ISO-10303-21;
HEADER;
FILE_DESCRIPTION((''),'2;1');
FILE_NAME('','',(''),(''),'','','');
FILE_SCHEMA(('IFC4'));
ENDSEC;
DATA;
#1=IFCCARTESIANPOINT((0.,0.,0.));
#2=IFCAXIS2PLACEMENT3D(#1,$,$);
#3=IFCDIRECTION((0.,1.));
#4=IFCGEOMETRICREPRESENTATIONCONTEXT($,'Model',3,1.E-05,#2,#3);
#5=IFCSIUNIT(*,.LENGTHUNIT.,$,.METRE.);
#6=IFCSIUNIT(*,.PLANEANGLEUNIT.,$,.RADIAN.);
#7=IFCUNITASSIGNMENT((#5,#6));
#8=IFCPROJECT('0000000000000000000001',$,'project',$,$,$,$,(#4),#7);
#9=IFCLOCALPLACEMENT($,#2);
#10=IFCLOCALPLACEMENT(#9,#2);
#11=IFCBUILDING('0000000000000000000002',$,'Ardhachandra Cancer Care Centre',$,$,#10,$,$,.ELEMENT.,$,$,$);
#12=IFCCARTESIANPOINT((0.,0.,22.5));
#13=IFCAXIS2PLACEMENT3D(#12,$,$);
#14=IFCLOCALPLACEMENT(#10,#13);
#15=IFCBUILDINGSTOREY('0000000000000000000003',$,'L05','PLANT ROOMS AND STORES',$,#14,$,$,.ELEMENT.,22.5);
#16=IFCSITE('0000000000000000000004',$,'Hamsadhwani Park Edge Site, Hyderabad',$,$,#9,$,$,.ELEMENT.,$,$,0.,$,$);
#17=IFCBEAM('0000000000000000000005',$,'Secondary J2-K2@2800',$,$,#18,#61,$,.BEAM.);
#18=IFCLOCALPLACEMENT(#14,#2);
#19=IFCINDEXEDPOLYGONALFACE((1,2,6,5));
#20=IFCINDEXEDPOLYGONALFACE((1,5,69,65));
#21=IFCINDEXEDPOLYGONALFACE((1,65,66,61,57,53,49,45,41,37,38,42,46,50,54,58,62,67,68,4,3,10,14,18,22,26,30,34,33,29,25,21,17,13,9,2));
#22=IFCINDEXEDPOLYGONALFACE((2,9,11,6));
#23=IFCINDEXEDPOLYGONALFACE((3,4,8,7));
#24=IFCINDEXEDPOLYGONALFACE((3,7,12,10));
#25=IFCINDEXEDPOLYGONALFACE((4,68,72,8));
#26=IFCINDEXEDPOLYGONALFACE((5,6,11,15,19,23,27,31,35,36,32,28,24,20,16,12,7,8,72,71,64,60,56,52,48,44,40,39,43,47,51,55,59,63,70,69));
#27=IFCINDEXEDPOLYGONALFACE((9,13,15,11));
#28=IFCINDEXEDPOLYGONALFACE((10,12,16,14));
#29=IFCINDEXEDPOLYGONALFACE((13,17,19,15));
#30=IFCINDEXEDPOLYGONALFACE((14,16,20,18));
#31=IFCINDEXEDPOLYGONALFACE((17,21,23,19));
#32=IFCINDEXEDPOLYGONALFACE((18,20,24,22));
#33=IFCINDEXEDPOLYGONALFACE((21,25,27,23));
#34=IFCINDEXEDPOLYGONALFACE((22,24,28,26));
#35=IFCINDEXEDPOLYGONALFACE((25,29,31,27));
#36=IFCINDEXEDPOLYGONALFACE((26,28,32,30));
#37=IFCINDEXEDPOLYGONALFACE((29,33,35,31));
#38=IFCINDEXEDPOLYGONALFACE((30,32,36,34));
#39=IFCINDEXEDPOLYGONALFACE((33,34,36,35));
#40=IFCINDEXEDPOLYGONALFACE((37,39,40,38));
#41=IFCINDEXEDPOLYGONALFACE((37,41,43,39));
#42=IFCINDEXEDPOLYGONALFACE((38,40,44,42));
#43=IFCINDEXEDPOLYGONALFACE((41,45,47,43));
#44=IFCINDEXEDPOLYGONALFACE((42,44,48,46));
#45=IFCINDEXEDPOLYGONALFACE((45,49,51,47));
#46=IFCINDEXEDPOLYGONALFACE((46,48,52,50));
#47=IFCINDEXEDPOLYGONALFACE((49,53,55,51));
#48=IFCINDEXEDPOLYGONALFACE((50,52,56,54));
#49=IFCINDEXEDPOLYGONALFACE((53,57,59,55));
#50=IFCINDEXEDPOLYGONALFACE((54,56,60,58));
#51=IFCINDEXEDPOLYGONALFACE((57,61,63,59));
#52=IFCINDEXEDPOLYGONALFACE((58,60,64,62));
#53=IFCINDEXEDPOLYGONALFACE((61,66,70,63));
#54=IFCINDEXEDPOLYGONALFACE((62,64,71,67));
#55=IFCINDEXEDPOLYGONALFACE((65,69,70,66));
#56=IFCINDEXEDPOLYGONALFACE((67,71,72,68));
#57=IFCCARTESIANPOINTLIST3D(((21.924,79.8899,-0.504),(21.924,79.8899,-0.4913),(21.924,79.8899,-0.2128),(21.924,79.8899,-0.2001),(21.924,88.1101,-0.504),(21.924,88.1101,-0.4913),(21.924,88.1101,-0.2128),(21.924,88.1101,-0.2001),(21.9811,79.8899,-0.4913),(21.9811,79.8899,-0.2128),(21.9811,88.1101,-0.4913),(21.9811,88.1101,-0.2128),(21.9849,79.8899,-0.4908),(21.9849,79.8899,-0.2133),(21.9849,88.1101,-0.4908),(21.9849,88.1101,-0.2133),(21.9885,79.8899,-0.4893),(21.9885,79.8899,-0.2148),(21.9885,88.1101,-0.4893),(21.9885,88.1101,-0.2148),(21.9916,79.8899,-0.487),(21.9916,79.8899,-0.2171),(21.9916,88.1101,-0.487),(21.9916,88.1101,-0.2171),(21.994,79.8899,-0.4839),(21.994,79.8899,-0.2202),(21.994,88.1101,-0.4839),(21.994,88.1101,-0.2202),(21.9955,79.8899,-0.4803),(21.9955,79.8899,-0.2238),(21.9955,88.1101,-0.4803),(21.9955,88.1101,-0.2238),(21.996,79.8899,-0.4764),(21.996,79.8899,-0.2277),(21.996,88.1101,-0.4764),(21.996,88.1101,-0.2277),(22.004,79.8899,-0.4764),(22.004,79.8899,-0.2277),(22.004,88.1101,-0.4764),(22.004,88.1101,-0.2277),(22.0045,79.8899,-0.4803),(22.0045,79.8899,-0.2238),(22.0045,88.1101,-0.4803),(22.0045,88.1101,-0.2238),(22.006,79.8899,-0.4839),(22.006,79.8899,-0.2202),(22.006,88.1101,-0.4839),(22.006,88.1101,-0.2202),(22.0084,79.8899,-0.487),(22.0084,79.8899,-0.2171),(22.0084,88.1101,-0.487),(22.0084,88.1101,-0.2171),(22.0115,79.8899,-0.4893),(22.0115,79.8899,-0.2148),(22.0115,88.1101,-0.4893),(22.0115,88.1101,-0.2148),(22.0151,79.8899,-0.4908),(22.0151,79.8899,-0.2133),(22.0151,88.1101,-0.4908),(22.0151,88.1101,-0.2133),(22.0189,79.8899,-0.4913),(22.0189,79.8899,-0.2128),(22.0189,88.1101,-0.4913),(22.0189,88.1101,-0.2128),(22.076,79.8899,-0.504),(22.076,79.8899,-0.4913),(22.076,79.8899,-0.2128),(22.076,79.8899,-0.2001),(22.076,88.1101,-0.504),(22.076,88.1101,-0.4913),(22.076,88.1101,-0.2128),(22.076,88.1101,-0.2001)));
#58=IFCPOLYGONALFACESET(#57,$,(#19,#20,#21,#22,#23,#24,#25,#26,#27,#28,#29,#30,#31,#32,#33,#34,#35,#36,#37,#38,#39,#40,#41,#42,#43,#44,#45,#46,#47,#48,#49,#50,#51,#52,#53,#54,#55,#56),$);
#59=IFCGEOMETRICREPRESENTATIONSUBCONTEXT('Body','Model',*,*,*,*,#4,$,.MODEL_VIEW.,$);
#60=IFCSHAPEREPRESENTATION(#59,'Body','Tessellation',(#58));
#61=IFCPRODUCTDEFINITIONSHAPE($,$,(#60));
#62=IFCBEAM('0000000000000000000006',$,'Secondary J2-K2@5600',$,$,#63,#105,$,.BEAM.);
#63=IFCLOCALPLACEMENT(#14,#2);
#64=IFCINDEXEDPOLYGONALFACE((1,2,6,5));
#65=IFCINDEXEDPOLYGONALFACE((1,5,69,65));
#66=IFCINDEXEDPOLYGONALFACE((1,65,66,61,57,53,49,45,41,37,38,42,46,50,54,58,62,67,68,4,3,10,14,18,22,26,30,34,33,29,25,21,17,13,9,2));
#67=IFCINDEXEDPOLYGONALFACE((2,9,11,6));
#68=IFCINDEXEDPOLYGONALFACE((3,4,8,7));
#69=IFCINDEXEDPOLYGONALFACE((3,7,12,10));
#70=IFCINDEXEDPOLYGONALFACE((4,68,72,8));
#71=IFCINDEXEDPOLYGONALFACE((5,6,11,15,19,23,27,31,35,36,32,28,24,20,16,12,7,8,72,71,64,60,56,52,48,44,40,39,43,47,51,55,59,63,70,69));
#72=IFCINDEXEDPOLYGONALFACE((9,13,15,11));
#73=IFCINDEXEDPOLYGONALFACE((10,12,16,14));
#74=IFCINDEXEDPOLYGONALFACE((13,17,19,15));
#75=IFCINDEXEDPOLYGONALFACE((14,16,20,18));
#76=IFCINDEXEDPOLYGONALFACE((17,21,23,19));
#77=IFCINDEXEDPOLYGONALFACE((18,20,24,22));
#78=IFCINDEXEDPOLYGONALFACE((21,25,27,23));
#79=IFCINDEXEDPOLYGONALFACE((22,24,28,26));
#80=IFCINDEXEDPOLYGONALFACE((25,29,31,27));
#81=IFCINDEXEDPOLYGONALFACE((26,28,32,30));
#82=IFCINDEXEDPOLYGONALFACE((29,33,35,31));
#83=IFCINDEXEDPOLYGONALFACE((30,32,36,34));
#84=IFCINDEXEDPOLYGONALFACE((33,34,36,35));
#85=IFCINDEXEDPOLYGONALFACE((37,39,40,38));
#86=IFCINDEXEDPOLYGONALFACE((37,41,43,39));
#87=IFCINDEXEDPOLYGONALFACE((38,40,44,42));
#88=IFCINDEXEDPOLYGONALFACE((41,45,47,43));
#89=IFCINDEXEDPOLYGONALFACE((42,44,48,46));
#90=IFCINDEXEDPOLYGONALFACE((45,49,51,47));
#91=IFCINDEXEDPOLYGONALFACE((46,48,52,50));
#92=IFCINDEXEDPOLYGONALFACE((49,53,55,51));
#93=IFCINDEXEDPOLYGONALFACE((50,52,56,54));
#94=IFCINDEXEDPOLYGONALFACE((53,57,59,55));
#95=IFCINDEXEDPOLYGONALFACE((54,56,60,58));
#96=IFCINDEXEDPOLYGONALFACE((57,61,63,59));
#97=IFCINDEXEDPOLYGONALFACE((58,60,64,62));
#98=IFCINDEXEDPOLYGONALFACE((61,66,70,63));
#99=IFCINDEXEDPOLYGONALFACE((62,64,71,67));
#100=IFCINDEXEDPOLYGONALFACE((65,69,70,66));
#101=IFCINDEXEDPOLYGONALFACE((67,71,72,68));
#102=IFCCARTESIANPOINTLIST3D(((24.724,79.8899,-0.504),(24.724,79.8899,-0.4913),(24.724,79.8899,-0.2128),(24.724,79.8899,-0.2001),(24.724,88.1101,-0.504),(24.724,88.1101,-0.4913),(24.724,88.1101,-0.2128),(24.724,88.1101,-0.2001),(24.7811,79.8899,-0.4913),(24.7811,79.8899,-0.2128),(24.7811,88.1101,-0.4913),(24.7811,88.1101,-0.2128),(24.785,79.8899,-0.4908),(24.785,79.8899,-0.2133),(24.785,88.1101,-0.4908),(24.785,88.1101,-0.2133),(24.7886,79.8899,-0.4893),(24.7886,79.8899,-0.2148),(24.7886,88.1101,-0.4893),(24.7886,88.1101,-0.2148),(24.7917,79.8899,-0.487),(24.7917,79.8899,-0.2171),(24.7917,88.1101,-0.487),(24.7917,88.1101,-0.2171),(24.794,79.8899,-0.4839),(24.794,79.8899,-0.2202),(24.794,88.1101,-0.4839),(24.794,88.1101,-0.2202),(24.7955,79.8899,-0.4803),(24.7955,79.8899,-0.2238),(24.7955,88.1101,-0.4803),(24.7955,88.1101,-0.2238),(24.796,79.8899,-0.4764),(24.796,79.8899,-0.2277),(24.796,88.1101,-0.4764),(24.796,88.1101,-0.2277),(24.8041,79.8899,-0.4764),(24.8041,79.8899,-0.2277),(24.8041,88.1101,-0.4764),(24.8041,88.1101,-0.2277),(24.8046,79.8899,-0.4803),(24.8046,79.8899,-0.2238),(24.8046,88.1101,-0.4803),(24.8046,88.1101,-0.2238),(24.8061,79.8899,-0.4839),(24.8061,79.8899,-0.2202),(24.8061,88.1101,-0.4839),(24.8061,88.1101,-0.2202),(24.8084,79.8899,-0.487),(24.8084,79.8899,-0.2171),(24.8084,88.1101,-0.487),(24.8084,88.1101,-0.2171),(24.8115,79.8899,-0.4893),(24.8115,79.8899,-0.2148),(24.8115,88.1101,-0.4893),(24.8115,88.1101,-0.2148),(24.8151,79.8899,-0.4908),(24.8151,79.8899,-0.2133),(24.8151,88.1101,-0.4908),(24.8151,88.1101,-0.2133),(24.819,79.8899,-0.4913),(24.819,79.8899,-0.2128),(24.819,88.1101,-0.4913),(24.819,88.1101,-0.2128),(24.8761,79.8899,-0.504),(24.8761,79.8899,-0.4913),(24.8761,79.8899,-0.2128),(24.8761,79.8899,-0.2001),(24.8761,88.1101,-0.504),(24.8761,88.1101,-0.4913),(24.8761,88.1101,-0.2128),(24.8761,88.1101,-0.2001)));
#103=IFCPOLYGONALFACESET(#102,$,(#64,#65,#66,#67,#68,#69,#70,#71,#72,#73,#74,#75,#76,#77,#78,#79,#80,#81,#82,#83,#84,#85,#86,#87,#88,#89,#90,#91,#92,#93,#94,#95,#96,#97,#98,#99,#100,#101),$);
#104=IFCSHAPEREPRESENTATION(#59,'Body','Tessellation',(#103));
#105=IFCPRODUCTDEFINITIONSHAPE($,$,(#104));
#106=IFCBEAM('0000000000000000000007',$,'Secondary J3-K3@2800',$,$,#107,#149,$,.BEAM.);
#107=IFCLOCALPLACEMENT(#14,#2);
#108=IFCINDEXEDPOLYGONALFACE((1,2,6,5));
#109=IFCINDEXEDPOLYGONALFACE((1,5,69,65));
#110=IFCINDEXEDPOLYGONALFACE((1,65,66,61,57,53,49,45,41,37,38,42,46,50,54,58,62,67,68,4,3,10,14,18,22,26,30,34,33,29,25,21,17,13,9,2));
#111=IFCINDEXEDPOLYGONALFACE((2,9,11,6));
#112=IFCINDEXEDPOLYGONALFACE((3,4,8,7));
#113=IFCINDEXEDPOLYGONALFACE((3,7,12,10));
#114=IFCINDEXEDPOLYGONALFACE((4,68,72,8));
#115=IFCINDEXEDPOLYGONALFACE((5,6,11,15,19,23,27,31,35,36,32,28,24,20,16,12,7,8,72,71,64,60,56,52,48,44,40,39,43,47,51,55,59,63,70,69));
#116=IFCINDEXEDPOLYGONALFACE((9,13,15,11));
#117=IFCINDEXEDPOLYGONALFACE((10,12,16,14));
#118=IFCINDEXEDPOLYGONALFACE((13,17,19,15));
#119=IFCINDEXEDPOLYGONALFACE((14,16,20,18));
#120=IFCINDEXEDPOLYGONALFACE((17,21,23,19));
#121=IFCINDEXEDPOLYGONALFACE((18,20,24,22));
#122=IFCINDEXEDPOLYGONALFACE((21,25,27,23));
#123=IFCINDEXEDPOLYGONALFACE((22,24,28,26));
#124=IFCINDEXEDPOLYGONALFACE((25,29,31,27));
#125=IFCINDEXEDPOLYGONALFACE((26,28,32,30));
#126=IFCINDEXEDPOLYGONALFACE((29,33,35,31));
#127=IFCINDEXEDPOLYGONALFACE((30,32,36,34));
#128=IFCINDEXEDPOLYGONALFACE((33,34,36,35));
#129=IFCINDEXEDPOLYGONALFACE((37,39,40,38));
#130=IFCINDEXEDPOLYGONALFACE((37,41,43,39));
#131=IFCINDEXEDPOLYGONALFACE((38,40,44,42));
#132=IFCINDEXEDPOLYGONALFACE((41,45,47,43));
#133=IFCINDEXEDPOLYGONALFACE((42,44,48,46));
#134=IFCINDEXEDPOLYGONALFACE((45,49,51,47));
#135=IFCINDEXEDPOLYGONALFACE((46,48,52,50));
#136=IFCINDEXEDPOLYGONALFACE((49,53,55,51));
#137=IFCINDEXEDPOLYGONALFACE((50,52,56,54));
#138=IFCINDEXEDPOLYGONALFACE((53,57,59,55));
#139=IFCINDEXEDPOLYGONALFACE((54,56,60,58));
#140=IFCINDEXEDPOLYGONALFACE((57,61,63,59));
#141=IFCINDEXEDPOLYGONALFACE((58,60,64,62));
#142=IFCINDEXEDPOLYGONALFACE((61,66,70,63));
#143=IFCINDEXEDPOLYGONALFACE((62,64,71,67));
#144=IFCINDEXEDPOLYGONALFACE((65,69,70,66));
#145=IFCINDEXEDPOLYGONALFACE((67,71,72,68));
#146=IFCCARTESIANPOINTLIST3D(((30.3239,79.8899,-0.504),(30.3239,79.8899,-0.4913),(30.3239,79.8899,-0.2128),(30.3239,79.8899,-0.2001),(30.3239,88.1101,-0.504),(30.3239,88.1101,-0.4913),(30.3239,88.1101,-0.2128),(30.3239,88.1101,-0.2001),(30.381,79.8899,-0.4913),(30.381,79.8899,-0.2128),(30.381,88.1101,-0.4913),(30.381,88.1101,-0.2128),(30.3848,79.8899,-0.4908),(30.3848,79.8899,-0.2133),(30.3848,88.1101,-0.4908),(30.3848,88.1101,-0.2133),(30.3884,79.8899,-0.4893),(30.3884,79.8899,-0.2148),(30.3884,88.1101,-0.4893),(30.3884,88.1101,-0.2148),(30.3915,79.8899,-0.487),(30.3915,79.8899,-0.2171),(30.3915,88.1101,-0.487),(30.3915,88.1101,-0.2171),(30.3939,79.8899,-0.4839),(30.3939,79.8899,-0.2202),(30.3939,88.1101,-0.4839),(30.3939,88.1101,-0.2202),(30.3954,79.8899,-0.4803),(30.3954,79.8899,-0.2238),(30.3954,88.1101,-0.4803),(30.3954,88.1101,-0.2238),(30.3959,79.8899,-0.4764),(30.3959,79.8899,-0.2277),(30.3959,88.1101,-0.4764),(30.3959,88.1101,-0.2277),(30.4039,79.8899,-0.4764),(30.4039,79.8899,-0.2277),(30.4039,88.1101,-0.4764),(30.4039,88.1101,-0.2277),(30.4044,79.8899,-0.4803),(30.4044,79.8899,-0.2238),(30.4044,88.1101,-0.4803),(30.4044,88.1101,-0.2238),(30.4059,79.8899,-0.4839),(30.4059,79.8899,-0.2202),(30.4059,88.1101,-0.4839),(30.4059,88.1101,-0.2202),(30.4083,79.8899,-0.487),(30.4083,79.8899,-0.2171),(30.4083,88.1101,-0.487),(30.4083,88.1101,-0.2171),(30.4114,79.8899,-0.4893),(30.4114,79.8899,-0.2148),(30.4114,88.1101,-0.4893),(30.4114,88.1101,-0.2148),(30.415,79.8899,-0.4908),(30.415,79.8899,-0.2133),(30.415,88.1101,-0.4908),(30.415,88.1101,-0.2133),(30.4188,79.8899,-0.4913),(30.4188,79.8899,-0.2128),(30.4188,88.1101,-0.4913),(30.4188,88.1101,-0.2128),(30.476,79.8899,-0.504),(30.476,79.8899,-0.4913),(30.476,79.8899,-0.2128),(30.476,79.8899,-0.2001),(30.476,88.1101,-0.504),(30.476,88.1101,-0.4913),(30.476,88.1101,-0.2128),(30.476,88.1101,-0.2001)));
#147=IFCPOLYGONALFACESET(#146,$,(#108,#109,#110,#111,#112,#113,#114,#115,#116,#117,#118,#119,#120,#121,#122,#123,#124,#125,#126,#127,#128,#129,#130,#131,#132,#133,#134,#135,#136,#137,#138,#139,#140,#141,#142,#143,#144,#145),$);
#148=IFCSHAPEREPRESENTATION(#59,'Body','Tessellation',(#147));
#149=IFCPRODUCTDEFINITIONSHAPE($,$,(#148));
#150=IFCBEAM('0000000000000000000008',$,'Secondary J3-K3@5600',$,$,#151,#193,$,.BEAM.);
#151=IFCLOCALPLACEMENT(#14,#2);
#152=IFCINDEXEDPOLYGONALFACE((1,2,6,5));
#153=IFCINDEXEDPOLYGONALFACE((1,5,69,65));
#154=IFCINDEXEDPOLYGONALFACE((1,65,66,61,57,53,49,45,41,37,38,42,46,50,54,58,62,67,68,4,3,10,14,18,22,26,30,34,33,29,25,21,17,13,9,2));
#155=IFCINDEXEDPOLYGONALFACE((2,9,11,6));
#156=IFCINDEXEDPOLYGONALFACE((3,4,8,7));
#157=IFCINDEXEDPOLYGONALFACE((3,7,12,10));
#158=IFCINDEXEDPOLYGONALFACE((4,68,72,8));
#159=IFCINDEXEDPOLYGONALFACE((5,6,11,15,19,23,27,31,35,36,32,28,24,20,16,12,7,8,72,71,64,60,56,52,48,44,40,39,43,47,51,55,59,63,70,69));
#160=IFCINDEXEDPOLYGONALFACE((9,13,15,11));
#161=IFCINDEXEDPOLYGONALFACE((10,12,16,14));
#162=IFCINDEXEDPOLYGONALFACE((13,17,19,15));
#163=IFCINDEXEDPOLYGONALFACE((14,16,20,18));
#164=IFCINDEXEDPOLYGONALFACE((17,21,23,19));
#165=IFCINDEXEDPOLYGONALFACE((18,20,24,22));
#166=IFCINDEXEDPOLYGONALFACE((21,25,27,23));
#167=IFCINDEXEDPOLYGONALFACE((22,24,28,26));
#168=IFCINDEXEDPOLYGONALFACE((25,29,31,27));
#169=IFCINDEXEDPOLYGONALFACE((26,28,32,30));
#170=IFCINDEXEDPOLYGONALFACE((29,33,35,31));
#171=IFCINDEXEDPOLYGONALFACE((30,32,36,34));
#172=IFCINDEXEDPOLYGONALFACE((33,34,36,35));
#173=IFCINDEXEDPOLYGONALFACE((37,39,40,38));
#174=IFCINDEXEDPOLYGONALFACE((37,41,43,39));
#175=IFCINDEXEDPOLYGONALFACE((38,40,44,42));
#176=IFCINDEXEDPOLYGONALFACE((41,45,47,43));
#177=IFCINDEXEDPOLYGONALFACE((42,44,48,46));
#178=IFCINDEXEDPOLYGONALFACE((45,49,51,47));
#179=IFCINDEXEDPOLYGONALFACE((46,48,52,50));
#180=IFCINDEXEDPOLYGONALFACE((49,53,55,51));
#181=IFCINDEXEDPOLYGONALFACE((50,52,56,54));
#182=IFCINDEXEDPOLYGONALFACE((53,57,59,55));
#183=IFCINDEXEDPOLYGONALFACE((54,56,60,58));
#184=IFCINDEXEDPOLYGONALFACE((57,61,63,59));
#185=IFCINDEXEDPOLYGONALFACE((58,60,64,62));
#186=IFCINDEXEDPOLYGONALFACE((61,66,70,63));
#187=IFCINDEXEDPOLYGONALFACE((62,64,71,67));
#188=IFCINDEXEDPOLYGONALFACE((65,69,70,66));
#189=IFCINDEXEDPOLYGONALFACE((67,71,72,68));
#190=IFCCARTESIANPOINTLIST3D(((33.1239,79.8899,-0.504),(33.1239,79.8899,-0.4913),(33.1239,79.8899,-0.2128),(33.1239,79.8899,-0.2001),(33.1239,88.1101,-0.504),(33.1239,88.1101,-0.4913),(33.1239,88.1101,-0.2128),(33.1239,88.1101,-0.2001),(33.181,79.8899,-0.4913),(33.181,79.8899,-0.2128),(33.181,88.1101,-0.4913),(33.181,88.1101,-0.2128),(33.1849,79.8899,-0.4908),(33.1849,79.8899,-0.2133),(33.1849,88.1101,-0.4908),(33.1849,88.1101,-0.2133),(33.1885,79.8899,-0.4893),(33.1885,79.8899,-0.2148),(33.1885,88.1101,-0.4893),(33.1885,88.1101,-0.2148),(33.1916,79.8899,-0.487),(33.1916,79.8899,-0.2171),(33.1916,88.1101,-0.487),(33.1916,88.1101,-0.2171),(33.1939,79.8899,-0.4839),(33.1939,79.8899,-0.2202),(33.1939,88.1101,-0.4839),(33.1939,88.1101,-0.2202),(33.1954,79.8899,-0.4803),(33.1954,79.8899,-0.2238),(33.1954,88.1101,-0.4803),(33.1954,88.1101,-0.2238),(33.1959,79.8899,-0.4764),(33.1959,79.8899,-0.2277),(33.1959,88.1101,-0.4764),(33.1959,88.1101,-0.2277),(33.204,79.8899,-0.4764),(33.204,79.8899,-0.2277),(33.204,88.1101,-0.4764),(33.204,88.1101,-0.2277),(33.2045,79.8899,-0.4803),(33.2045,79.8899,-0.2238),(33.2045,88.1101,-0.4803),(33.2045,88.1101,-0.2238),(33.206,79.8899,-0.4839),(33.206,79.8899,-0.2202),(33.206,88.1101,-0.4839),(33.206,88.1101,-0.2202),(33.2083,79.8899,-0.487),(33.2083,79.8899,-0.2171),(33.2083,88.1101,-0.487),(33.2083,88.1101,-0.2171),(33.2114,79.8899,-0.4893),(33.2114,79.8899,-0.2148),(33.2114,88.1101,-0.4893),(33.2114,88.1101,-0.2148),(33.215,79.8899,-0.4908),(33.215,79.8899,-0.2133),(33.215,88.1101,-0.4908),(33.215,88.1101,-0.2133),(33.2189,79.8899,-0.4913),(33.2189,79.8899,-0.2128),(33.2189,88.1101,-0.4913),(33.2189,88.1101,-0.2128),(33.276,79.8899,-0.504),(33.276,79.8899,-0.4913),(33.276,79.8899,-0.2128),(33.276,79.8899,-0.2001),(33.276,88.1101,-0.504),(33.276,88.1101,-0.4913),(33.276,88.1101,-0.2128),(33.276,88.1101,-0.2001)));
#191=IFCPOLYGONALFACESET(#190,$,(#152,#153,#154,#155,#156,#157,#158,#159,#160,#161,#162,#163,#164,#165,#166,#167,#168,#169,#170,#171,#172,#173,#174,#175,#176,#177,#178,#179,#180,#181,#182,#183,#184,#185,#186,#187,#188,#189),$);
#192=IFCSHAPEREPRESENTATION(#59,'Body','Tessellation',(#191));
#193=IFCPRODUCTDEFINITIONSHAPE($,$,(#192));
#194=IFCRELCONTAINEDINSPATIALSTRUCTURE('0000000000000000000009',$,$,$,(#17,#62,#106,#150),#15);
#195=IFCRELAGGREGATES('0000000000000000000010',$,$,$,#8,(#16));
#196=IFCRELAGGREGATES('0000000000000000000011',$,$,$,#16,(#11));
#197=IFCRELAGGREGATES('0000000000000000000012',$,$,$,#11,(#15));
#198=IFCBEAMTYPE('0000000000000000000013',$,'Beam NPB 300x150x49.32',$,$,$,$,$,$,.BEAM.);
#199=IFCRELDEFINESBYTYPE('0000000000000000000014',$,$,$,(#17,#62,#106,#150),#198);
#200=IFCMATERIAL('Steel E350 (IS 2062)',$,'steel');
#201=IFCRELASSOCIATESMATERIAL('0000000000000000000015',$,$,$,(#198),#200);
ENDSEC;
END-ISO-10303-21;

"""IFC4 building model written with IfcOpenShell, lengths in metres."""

from ifc_helpers import new_model, si_unit, direction, frame, origin, origin_2d, place, context, subcontext, project, spatial, i_section, extrude, material, material_profile, profile_set, type_object, element, save


model = new_model("IFC4")

# Units and contexts
model_context = context("Model", 3, precision=1e-05, world=origin(), true_north=direction((0.0, 1.0)))
body_context = subcontext(model_context, "Body", "Model", "MODEL_VIEW")
ifc_project = project(units=[si_unit("LENGTHUNIT", "METRE"), si_unit("PLANEANGLEUNIT", "RADIAN")], contexts=[model_context])

# Site, building, storey
site_placement = place(None, origin())
site = spatial("IfcSite", under=ifc_project, at=site_placement, Name="Hamsadhwani Park Edge Site, Hyderabad", CompositionType="ELEMENT", RefElevation=0.0)
building_placement = place(site_placement, origin())
building = spatial("IfcBuilding", under=site, at=building_placement, Name="Ardhachandra Cancer Care Centre", CompositionType="ELEMENT")
storey_placement = place(building_placement, frame((0.0, 0.0, 22.5)))
storey = spatial("IfcBuildingStorey", under=building, at=storey_placement, Name="L05", Description="PLANT ROOMS AND STORES", CompositionType="ELEMENT", Elevation=22.5)

# Beams
ifc_material_1 = material(Name="Steel E350 (IS 2062)", Category="steel")
ifc_material_profile_1 = material_profile(ifc_material_1, i_section(OverallWidth=0.1521, OverallDepth=0.304, WebThickness=0.0081, FlangeThickness=0.0127, FilletRadius=0.0149, at=origin_2d()), Name="NPB 300x150x49.32")
ifc_profile_set_1 = profile_set([ifc_material_profile_1], Name="Steel E350 (IS 2062)")
beam_type_1 = type_object("IfcBeamType", Name="Beam NPB 300x150x49.32", PredefinedType="BEAM", material=ifc_profile_set_1)
for number, where, z_axis, x_axis, name in (
    (1, (22.0, 79.8899, -0.3521), (0.0, 1.0, 0.0), (-1.0, 0.0, 0.0), "Secondary J2-K2@2800"),
    (2, (24.8, 79.8899, -0.3521), (0.0, 1.0, 0.0), (-1.0, 0.0, 0.0), "Secondary J2-K2@5600"),
    (3, (30.3999, 79.8899, -0.3521), (0.0, 1.0, 0.0), (-1.0, 0.0, 0.0), "Secondary J3-K3@2800"),
    (4, (33.2, 79.8899, -0.3521), (0.0, 1.0, 0.0), (-1.0, 0.0, 0.0), "Secondary J3-K3@5600"),
):
    element("IfcBeam", number, at=place(storey_placement, frame(where, z_axis=z_axis, x_axis=x_axis)), inside=storey, type_object=beam_type_1, Name=name, PredefinedType="BEAM", context=body_context, shape_type="SweptSolid", body=[
        extrude(i_section(OverallWidth=0.1521, OverallDepth=0.304, WebThickness=0.0081, FlangeThickness=0.0127, FilletRadius=0.0149, at=origin_2d()), origin(), (0.0, 0.0, 1.0), 8.2202),
    ])

save(model, "model.ifc")
